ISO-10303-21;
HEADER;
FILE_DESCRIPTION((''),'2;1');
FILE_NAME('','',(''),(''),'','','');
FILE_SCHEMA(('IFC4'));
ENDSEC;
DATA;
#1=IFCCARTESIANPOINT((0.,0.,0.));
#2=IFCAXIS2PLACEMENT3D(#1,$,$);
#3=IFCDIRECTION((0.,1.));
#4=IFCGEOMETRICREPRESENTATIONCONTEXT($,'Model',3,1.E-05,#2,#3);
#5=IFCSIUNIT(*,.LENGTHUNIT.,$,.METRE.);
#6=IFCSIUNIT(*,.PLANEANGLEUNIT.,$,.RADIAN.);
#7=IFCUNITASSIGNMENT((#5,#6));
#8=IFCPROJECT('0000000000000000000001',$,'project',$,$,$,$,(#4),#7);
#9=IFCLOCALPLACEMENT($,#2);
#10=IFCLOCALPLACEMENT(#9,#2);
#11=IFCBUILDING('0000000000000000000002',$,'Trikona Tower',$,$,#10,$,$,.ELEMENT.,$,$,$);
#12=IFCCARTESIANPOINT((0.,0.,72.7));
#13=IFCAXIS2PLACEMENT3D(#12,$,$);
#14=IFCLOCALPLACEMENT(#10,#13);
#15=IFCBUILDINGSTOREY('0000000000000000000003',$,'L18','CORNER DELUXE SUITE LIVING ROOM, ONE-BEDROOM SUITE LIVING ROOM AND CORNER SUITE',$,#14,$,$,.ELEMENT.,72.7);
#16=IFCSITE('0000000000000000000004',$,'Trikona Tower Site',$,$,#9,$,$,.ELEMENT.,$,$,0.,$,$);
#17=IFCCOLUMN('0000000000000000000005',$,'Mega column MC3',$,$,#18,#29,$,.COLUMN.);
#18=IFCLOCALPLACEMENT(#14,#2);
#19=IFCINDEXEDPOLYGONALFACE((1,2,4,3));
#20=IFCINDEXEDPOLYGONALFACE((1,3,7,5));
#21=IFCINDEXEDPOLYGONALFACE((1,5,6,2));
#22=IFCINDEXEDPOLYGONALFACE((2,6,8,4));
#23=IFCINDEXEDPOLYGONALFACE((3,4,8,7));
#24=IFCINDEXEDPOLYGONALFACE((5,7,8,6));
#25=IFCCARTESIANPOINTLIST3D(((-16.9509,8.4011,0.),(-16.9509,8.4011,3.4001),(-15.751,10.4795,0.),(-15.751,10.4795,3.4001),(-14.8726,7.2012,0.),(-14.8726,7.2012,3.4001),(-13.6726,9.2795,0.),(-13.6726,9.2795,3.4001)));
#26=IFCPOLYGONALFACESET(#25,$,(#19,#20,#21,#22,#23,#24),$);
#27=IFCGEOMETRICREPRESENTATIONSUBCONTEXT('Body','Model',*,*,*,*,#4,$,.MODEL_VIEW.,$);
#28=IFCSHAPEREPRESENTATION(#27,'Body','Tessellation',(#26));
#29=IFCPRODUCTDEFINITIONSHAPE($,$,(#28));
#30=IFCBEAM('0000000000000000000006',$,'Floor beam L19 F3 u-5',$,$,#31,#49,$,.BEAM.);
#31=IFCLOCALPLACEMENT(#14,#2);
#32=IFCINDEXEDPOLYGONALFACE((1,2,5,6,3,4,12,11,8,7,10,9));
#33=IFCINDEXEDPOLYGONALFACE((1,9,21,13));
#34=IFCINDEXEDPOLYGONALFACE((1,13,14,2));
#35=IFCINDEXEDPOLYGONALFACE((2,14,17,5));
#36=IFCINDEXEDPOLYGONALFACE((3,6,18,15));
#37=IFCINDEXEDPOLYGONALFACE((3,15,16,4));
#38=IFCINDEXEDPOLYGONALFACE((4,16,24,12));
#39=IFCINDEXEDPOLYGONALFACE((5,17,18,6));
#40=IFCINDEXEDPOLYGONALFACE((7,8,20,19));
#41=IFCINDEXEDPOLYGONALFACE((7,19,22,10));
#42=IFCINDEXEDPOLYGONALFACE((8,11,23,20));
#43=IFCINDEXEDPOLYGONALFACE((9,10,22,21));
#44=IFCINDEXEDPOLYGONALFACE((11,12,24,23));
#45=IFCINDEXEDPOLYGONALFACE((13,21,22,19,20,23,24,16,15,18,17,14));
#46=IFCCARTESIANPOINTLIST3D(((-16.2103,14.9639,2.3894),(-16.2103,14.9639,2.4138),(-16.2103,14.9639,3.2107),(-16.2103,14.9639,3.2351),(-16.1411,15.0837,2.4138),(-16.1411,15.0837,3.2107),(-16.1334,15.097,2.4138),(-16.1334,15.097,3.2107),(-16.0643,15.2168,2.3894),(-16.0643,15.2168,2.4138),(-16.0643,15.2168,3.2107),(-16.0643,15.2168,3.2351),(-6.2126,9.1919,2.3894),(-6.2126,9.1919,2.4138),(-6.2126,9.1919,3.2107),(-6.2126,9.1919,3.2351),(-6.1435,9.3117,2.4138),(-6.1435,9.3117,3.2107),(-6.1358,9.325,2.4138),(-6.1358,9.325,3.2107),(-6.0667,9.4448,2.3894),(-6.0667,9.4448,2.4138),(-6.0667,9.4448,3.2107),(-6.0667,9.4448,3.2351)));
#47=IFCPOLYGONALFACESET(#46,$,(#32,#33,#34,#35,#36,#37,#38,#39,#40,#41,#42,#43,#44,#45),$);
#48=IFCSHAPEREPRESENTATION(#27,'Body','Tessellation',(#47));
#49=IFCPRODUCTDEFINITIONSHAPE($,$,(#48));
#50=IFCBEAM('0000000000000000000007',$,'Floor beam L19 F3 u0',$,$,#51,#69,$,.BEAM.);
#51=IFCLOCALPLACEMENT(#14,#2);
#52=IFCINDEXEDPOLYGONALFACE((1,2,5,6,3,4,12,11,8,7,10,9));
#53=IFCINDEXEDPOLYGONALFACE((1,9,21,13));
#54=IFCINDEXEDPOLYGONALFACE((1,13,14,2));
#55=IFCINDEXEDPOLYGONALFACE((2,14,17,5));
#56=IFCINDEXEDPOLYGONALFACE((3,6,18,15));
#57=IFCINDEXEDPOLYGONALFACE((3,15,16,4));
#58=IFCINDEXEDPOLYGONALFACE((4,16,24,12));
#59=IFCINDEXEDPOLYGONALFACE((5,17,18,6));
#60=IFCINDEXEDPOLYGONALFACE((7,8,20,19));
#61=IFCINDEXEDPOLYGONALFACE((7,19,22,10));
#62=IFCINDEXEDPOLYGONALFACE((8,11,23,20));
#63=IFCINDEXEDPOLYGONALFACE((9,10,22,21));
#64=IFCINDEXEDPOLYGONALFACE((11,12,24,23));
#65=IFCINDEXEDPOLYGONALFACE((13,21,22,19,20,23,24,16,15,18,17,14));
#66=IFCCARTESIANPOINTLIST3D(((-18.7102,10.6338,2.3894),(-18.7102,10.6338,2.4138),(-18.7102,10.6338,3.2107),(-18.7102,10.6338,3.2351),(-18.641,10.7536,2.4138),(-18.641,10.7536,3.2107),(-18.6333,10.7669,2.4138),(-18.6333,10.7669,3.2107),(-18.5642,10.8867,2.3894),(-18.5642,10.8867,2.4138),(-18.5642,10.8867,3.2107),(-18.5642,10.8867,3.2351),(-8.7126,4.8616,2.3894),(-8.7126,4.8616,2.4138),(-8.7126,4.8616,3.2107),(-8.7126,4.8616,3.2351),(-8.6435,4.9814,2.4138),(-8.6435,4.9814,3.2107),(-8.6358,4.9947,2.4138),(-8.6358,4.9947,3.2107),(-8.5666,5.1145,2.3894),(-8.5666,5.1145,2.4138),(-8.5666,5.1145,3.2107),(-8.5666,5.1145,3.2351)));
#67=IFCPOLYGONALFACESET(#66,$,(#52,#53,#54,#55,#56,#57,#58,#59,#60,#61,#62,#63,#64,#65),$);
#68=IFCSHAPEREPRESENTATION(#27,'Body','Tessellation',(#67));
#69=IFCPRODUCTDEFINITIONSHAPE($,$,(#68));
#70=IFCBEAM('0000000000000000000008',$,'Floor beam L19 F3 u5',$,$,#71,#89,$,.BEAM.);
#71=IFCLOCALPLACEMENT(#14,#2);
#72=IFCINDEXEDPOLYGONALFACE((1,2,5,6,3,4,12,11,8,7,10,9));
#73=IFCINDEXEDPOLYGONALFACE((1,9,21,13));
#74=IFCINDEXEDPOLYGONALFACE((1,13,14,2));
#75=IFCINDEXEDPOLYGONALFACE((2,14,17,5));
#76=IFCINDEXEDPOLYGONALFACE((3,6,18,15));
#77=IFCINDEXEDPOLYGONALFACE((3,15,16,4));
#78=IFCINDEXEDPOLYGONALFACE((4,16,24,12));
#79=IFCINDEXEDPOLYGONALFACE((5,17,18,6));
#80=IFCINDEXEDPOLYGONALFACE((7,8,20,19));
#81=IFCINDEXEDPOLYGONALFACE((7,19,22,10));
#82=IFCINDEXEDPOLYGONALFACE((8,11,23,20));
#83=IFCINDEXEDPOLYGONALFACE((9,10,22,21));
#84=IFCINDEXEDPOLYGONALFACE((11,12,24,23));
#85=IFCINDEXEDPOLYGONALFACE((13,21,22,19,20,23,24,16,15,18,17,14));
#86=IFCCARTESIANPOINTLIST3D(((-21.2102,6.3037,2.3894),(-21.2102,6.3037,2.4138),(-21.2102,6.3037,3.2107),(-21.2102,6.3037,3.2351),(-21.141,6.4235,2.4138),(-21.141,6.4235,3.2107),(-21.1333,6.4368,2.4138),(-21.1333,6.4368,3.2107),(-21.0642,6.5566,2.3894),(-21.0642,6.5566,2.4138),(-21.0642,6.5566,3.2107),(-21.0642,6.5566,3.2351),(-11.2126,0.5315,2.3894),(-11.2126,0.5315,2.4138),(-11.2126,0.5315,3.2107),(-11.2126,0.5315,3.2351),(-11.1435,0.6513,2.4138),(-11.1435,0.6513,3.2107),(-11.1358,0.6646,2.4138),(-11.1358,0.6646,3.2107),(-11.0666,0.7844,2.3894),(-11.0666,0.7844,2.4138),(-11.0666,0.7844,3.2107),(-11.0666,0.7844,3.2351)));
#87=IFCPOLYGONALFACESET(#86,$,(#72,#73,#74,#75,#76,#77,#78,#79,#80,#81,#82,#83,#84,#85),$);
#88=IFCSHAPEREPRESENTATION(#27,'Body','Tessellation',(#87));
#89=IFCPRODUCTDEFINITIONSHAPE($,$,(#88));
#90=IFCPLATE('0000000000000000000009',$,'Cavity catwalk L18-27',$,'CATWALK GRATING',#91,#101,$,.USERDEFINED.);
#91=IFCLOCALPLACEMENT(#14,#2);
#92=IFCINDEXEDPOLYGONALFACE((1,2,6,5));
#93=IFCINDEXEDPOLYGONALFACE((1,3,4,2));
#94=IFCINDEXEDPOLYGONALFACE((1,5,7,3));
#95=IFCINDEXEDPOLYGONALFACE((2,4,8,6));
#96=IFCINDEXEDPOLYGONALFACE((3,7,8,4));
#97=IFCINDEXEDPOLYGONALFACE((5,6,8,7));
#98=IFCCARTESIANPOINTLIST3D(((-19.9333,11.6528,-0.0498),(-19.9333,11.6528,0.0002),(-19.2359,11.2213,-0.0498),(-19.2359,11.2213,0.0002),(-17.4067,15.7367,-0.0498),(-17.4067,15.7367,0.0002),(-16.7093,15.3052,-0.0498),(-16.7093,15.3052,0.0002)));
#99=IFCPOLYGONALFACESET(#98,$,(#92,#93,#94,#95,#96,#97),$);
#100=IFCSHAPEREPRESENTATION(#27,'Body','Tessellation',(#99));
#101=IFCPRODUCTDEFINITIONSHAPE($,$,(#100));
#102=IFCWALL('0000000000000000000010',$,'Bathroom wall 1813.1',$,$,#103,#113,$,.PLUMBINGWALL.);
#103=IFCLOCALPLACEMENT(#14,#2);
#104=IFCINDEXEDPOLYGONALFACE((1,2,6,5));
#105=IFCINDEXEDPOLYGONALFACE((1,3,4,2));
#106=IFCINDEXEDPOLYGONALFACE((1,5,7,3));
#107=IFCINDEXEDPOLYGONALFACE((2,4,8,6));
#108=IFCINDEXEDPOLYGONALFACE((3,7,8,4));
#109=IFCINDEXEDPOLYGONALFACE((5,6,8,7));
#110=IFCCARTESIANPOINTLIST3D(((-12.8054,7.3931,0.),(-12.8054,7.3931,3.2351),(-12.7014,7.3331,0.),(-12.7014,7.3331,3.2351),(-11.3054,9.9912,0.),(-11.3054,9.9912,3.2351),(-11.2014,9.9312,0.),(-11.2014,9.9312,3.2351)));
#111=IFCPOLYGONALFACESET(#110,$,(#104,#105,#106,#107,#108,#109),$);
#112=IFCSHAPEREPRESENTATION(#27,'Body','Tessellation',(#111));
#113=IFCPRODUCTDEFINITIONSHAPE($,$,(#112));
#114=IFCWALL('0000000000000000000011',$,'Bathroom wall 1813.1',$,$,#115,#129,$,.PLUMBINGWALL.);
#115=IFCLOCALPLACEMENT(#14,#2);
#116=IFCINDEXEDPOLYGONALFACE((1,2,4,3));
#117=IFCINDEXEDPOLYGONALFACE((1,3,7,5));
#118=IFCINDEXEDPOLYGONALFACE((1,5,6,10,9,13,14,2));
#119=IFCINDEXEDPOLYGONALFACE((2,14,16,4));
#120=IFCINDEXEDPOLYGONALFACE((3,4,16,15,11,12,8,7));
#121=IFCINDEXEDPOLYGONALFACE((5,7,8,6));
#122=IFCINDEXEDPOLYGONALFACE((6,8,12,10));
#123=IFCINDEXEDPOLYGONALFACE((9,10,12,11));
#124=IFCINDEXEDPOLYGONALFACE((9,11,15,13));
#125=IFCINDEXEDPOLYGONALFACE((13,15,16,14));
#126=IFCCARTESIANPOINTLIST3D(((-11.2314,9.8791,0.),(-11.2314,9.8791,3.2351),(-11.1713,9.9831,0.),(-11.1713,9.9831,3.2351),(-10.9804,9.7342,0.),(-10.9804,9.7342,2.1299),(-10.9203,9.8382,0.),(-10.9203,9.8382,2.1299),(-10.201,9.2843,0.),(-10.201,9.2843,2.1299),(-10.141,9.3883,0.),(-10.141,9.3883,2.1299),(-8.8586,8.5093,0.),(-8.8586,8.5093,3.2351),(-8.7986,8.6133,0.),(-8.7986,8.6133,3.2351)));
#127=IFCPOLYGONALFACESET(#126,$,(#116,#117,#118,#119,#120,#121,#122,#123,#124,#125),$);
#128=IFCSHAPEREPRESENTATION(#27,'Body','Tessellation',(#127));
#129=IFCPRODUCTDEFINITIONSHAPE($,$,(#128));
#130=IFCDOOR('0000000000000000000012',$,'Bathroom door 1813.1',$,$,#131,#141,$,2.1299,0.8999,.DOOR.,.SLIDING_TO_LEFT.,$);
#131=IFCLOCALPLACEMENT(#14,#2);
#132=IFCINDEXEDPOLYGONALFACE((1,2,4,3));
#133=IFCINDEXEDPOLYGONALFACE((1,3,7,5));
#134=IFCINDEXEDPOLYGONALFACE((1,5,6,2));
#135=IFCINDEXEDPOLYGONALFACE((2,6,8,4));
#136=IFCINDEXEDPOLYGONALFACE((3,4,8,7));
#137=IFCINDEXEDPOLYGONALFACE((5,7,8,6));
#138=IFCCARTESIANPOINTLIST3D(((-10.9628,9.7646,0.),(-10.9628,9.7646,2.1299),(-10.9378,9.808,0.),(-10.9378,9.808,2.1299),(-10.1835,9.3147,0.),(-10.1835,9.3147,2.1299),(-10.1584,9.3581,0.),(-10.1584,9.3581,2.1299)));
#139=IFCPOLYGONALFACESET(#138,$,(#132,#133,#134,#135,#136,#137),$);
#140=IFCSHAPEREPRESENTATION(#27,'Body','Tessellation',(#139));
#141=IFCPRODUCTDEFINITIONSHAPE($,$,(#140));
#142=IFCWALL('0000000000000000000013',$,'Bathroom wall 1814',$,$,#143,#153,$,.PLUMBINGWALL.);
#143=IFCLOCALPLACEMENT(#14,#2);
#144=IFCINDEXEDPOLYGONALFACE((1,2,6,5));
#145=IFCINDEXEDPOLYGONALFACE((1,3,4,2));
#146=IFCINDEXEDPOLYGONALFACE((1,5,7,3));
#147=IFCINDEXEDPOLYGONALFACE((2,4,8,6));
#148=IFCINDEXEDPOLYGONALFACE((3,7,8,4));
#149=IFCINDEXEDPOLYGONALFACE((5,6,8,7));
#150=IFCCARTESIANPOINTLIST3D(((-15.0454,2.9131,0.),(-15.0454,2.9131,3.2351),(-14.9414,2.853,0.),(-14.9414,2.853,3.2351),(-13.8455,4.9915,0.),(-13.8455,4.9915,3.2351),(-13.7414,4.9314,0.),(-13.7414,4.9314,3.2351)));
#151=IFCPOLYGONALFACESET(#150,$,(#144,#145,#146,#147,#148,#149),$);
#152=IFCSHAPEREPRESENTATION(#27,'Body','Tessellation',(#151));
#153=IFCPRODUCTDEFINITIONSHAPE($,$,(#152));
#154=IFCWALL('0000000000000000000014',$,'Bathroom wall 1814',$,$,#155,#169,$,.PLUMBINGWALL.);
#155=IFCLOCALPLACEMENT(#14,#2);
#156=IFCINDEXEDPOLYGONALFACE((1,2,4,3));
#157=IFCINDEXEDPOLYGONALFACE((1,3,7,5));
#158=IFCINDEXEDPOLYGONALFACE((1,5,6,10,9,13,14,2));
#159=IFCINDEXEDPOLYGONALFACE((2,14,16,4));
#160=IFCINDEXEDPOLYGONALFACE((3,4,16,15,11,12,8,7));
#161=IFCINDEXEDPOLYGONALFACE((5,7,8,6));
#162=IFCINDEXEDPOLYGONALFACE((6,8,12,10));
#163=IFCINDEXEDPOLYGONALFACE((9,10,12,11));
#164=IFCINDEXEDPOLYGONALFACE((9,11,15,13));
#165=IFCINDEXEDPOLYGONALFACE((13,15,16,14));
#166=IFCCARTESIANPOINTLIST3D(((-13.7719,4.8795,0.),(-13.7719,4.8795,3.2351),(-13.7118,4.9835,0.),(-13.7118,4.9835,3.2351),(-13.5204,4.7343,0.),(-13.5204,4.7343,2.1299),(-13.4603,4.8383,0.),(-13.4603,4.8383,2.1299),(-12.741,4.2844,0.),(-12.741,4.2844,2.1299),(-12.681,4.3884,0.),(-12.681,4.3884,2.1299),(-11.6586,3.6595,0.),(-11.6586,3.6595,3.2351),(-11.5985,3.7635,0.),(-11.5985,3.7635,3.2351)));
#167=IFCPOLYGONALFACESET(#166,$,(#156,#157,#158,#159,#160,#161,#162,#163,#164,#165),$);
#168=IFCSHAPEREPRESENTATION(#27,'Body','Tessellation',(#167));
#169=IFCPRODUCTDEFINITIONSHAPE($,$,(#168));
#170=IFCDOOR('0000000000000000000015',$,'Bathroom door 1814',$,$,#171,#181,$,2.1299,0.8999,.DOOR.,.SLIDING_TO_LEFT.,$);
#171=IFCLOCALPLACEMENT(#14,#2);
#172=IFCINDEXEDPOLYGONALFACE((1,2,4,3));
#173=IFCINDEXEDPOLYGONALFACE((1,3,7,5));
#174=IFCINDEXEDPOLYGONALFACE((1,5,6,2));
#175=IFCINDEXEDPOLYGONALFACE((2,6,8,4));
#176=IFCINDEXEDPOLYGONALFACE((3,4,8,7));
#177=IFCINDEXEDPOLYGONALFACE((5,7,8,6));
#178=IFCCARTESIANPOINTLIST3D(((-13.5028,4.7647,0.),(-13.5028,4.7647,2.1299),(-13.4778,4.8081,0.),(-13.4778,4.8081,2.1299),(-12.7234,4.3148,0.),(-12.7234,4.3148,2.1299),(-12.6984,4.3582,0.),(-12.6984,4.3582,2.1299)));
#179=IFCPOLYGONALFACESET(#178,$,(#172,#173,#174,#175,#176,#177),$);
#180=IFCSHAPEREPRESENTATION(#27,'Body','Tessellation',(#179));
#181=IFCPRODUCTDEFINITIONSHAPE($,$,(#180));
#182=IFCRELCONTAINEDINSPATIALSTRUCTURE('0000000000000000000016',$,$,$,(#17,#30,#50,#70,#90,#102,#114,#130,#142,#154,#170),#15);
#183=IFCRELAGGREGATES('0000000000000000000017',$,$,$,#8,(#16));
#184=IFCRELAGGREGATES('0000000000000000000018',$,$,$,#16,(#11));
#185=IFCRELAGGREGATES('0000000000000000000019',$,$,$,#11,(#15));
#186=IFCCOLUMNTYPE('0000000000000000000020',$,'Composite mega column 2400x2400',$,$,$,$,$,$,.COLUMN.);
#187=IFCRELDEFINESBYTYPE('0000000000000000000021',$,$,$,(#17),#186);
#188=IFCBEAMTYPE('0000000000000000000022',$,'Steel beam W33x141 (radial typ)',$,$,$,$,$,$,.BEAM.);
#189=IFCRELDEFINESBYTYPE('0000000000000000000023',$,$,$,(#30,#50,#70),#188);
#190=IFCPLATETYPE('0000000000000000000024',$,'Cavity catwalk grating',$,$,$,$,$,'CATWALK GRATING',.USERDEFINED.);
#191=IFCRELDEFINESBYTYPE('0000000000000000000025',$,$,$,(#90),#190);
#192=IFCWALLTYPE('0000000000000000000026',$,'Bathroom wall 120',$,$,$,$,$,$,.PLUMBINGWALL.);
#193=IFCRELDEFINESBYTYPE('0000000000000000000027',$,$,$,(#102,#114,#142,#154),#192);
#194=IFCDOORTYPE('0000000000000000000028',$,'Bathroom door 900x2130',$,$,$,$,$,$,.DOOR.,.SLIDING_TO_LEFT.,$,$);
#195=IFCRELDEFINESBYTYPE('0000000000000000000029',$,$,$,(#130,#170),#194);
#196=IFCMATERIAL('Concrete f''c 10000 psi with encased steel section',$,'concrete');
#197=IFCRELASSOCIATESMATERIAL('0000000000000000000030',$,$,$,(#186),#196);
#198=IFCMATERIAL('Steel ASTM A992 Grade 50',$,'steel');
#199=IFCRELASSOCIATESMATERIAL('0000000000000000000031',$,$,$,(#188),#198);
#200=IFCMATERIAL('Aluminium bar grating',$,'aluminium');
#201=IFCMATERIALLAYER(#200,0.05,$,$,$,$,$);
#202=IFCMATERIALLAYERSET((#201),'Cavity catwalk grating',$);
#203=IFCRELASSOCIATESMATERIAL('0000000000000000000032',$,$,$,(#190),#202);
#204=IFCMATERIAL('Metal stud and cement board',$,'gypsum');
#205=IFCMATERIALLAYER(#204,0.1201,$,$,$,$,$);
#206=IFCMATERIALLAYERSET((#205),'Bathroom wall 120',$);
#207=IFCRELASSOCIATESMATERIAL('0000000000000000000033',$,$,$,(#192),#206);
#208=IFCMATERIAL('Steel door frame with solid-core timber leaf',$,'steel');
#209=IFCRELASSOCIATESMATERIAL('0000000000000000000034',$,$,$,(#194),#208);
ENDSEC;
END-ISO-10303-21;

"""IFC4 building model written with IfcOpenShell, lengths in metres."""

from ifc_helpers import new_model, si_unit, direction, frame, frame_2d, origin, origin_2d, place, context, subcontext, project, spatial, rectangle, i_section, extrude, material, layer, layer_set, material_profile, profile_set, type_object, element, fill, save


model = new_model("IFC4")

# Units and contexts
model_context = context("Model", 3, precision=1e-05, world=origin(), true_north=direction((0.0, 1.0)))
body_context = subcontext(model_context, "Body", "Model", "MODEL_VIEW")
ifc_project = project(units=[si_unit("LENGTHUNIT", "METRE"), si_unit("PLANEANGLEUNIT", "RADIAN")], contexts=[model_context])

# Site, building, storey
site_placement = place(None, origin())
site = spatial("IfcSite", under=ifc_project, at=site_placement, Name="Trikona Tower Site", CompositionType="ELEMENT", RefElevation=0.0)
building_placement = place(site_placement, origin())
building = spatial("IfcBuilding", under=site, at=building_placement, Name="Trikona Tower", CompositionType="ELEMENT")
storey_placement = place(building_placement, frame((0.0, 0.0, 72.7)))
storey = spatial("IfcBuildingStorey", under=building, at=storey_placement, Name="L18", Description="CORNER DELUXE SUITE LIVING ROOM, ONE-BEDROOM SUITE LIVING ROOM AND CORNER SUITE", CompositionType="ELEMENT", Elevation=72.7)

# Column
ifc_material_1 = material(Name="Concrete f'c 10000 psi with encased steel section", Category="concrete")
ifc_material_profile_1 = material_profile(ifc_material_1, rectangle(XDim=2.3999, YDim=2.3999, at=origin_2d()), Name="MC2400")
ifc_profile_set_1 = profile_set([ifc_material_profile_1], Name="Concrete f'c 10000 psi with encased steel section")
column_type = type_object("IfcColumnType", Name="Composite mega column 2400x2400", PredefinedType="COLUMN", material=ifc_profile_set_1)
column_placement = place(storey_placement, frame((-15.3118, 8.8403, 0.0), z_axis=(0.0, 0.0, 1.0), x_axis=(-0.866025, 0.5, 0.0)))
element("IfcColumn", 1, at=column_placement, inside=storey, type_object=column_type, Name="Mega column MC3", PredefinedType="COLUMN", context=body_context, shape_type="SweptSolid", body=[
    extrude(rectangle(XDim=2.3999, YDim=2.3999, at=origin_2d()), origin(), (0.0, 0.0, 1.0), 3.4001),
])

# Beams
ifc_material_2 = material(Name="Steel ASTM A992 Grade 50", Category="steel")
ifc_material_profile_2 = material_profile(ifc_material_2, i_section(OverallWidth=0.292, OverallDepth=0.8457, WebThickness=0.0154, FlangeThickness=0.0244, at=origin_2d()), Name="W33X141")
ifc_profile_set_2 = profile_set([ifc_material_profile_2], Name="Steel ASTM A992 Grade 50")
beam_type = type_object("IfcBeamType", Name="Steel beam W33x141 (radial typ)", PredefinedType="BEAM", material=ifc_profile_set_2)
for number, where, z_axis, x_axis, name in (
    (2, (-6.1396, 9.3184, 2.8123), (-0.86603, 0.499992, 0.0), (-0.499992, -0.86603, 0.0), "Floor beam L19 F3 u-5"),
    (3, (-8.6396, 4.988, 2.8123), (-0.866021, 0.500008, 0.0), (-0.500008, -0.866021, 0.0), "Floor beam L19 F3 u0"),
    (4, (-11.1396, 0.658, 2.8123), (-0.866021, 0.500008, 0.0), (-0.500008, -0.866021, 0.0), "Floor beam L19 F3 u5"),
):
    element("IfcBeam", number, at=place(storey_placement, frame(where, z_axis=z_axis, x_axis=x_axis)), inside=storey, type_object=beam_type, Name=name, PredefinedType="BEAM", context=body_context, shape_type="SweptSolid", body=[
        extrude(i_section(OverallWidth=0.292, OverallDepth=0.8457, WebThickness=0.0154, FlangeThickness=0.0244, at=origin_2d()), origin(), (0.0, 0.0, 1.0), 11.5442),
    ])

# Plate
ifc_material_3 = material(Name="Aluminium bar grating", Category="aluminium")
ifc_layer_1 = layer(ifc_material_3, 0.05)
ifc_layer_set_1 = layer_set([ifc_layer_1], Name="Cavity catwalk grating")
plate_type = type_object("IfcPlateType", Name="Cavity catwalk grating", ElementType="CATWALK GRATING", PredefinedType="USERDEFINED", material=ifc_layer_set_1)
plate_placement = place(storey_placement, frame((-18.3213, 13.479, -0.0498), z_axis=(0.0, 0.0, 1.0), x_axis=(-0.526119, -0.850411, 0.0)))
element("IfcPlate", 5, at=plate_placement, inside=storey, type_object=plate_type, Name="Cavity catwalk L18-27", ObjectType="CATWALK GRATING", PredefinedType="USERDEFINED", context=body_context, shape_type="SweptSolid", body=[
    extrude(rectangle(XDim=4.8022, YDim=0.8201, at=origin_2d()), origin(), (0.0, 0.0, 1.0), 0.05),
])

# Wall
ifc_material_4 = material(Name="Metal stud and cement board", Category="gypsum")
ifc_layer_2 = layer(ifc_material_4, 0.1201)
ifc_layer_set_2 = layer_set([ifc_layer_2], Name="Bathroom wall 120")
wall_type_1 = type_object("IfcWallType", Name="Bathroom wall 120", PredefinedType="PLUMBINGWALL", material=ifc_layer_set_2)
wall_1_placement = place(storey_placement, frame((-11.2534, 9.9612, 0.0), z_axis=(0.0, 0.0, 1.0), x_axis=(-0.49999, -0.866031, 0.0)))
element("IfcWall", 6, at=wall_1_placement, inside=storey, type_object=wall_type_1, Name="Bathroom wall 1813.1", PredefinedType="PLUMBINGWALL", context=body_context, shape_type="SweptSolid", body=[
    extrude(rectangle(XDim=3.0, YDim=0.1201, at=frame_2d((1.5, 0.0))), origin(), (0.0, 0.0, 1.0), 3.2351),
])

# Wall, opening, door
wall_2_placement = place(storey_placement, frame((-8.8286, 8.5613, 0.0), z_axis=(0.0, 0.0, 1.0), x_axis=(-0.866036, 0.499982, 0.0)))
wall_2 = element("IfcWall", 7, at=wall_2_placement, inside=storey, type_object=wall_type_1, Name="Bathroom wall 1813.1", PredefinedType="PLUMBINGWALL", context=body_context, shape_type="SweptSolid", body=[
    extrude(rectangle(XDim=2.7397, YDim=0.1201, at=frame_2d((1.3699, 0.0))), origin(), (0.0, 0.0, 1.0), 3.2351),
])
opening_1_placement = place(wall_2_placement, frame((1.55, 0.0, 0.0)))
opening_1 = element("IfcOpeningElement", 8, at=opening_1_placement, cuts=wall_2, PredefinedType="OPENING", context=body_context, shape_type="SweptSolid", body=[
    extrude(rectangle(XDim=0.8999, YDim=2.1299, at=frame_2d((0.45, 1.0649))), frame((0.0, 0.0701, 0.0), z_axis=(0.0, -1.0, 0.0), x_axis=(1.0, 0.0, 0.0)), (0.0, 0.0, 1.0), 0.1401),
])
ifc_material_5 = material(Name="Steel door frame with solid-core timber leaf", Category="steel")
door_type_1 = type_object("IfcDoorType", Name="Bathroom door 900x2130", OperationType="SLIDING_TO_LEFT", PredefinedType="DOOR", material=ifc_material_5)
door_1_placement = place(opening_1_placement, origin())
door_1 = element("IfcDoor", 9, at=door_1_placement, inside=storey, type_object=door_type_1, Name="Bathroom door 1813.1", OperationType="SLIDING_TO_LEFT", OverallHeight=2.1299, OverallWidth=0.8999, PredefinedType="DOOR", context=body_context, shape_type="SweptSolid", body=[
    extrude(rectangle(XDim=0.8999, YDim=2.1299, at=frame_2d((0.45, 1.0649))), frame((0.0, 0.0249, 0.0), z_axis=(0.0, -1.0, 0.0), x_axis=(1.0, 0.0, 0.0)), (0.0, 0.0, 1.0), 0.05),
])
fill(opening_1, door_1)

# Wall
wall_3_placement = place(storey_placement, frame((-13.7935, 4.9614, 0.0), z_axis=(0.0, 0.0, 1.0), x_axis=(-0.500001, -0.866025, 0.0)))
element("IfcWall", 10, at=wall_3_placement, inside=storey, type_object=wall_type_1, Name="Bathroom wall 1814", PredefinedType="PLUMBINGWALL", context=body_context, shape_type="SweptSolid", body=[
    extrude(rectangle(XDim=2.3999, YDim=0.1201, at=frame_2d((1.2, 0.0))), origin(), (0.0, 0.0, 1.0), 3.2351),
])

# Wall, opening, door
wall_4_placement = place(storey_placement, frame((-11.6284, 3.7114, 0.0), z_axis=(0.0, 0.0, 1.0), x_axis=(-0.866049, 0.499959, 0.0)))
wall_4 = element("IfcWall", 11, at=wall_4_placement, inside=storey, type_object=wall_type_1, Name="Bathroom wall 1814", PredefinedType="PLUMBINGWALL", context=body_context, shape_type="SweptSolid", body=[
    extrude(rectangle(XDim=2.4402, YDim=0.1201, at=frame_2d((1.2202, 0.0))), origin(), (0.0, 0.0, 1.0), 3.2351),
])
opening_2_placement = place(wall_4_placement, frame((1.25, 0.0, 0.0)))
opening_2 = element("IfcOpeningElement", 12, at=opening_2_placement, cuts=wall_4, PredefinedType="OPENING", context=body_context, shape_type="SweptSolid", body=[
    extrude(rectangle(XDim=0.8999, YDim=2.1299, at=frame_2d((0.45, 1.0649))), frame((0.0, 0.0701, 0.0), z_axis=(0.0, -1.0, 0.0), x_axis=(1.0, 0.0, 0.0)), (0.0, 0.0, 1.0), 0.1401),
])
door_2_placement = place(opening_2_placement, origin())
door_2 = element("IfcDoor", 13, at=door_2_placement, inside=storey, type_object=door_type_1, Name="Bathroom door 1814", OperationType="SLIDING_TO_LEFT", OverallHeight=2.1299, OverallWidth=0.8999, PredefinedType="DOOR", context=body_context, shape_type="SweptSolid", body=[
    extrude(rectangle(XDim=0.8999, YDim=2.1299, at=frame_2d((0.45, 1.0649))), frame((0.0, 0.0249, 0.0), z_axis=(0.0, -1.0, 0.0), x_axis=(1.0, 0.0, 0.0)), (0.0, 0.0, 1.0), 0.05),
])
fill(opening_2, door_2)

save(model, "model.ifc")
